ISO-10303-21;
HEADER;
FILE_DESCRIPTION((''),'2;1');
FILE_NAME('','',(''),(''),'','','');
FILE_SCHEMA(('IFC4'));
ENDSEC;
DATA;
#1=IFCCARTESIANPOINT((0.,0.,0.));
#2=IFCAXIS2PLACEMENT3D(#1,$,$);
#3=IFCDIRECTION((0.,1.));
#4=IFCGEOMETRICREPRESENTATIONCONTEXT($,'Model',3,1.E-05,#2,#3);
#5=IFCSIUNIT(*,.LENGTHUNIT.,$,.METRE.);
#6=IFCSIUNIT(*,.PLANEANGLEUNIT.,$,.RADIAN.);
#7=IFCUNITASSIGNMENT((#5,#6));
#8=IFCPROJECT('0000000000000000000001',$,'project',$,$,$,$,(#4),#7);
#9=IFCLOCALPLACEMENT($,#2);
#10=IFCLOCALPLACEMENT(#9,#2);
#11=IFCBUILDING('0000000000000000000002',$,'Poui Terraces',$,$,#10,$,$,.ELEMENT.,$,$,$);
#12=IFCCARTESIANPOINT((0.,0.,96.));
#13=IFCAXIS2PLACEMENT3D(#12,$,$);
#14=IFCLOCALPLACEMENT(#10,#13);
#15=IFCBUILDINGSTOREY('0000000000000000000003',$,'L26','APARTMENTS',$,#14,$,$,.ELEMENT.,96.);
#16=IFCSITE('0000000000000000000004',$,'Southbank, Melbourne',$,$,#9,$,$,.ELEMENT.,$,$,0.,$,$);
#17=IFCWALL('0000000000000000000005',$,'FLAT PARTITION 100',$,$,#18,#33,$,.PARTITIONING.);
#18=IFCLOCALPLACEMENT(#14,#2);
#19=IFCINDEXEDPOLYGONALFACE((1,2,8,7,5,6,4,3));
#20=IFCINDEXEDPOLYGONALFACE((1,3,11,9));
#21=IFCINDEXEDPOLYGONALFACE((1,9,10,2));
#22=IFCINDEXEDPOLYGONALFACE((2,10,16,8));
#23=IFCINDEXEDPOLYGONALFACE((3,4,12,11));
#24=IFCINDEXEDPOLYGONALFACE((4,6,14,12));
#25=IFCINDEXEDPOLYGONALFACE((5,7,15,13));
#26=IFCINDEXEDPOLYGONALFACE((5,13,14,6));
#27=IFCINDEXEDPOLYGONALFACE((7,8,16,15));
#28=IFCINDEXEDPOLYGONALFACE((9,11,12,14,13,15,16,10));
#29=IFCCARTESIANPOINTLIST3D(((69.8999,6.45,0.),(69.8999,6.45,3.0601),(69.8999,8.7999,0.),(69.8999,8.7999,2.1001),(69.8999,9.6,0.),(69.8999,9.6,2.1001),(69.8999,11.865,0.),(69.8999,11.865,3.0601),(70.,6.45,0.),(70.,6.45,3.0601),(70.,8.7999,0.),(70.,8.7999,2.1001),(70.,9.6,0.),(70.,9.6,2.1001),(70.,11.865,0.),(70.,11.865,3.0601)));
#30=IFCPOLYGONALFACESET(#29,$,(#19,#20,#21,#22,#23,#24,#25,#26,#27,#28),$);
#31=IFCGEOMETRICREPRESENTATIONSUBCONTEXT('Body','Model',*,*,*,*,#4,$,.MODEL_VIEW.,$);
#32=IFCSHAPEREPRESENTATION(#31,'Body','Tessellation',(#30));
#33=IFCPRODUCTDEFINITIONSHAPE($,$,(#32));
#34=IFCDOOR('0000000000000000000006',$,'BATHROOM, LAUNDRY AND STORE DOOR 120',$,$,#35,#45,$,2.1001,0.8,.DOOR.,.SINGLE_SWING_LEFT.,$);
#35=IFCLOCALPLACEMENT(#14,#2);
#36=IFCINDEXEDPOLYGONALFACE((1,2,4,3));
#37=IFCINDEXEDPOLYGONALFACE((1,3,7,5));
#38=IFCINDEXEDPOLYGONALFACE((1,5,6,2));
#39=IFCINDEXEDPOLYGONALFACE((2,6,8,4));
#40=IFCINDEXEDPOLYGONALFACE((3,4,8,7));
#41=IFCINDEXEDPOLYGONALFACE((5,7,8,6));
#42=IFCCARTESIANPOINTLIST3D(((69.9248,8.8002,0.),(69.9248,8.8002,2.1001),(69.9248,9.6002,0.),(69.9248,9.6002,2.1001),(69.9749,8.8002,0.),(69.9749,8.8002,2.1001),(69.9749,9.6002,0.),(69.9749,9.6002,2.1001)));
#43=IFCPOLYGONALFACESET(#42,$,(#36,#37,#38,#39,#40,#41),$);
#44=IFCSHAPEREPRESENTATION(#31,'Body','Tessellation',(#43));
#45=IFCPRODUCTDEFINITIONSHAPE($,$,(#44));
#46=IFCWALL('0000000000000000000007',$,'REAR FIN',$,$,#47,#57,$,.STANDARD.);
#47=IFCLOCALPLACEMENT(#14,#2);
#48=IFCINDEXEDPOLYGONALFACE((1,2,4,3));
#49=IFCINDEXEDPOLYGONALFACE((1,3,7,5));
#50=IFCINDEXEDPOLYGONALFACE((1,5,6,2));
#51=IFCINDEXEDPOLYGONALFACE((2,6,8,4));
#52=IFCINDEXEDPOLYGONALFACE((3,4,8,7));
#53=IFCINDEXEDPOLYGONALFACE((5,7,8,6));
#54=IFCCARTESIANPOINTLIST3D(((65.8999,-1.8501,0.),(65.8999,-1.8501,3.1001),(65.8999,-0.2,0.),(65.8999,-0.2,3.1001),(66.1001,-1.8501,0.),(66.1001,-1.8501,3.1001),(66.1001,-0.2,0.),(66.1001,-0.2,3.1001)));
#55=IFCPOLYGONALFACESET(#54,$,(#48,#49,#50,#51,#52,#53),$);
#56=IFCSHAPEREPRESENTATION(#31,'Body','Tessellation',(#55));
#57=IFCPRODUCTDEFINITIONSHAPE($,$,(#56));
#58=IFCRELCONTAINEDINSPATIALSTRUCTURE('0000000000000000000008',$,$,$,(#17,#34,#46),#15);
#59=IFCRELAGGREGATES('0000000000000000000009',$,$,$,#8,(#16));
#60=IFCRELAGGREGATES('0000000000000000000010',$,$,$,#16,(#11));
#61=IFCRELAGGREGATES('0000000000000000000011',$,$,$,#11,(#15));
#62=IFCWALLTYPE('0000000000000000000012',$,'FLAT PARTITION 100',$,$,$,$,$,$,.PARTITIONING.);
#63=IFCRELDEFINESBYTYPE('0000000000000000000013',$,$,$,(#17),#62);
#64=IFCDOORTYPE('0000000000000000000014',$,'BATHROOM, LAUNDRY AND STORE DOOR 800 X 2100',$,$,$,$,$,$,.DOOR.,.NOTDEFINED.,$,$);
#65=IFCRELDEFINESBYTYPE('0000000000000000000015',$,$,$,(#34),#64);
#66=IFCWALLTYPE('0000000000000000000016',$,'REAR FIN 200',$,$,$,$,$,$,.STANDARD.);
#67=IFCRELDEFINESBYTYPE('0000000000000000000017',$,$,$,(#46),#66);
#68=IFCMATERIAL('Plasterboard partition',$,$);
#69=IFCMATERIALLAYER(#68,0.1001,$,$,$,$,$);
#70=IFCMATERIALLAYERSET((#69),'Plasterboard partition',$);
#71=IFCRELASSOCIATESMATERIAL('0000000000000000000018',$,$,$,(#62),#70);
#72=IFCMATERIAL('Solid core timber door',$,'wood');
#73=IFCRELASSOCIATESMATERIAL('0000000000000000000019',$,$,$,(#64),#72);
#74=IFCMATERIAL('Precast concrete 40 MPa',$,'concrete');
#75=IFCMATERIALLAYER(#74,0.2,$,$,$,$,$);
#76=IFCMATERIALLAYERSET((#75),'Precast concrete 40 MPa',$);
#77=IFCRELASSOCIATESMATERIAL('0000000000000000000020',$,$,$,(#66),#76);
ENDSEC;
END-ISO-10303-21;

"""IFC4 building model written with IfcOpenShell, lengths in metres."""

from ifc_helpers import new_model, si_unit, direction, frame, frame_2d, origin, place, context, subcontext, project, spatial, polyline, rectangle, outline, extrude, source, transform, mapped, material, layer, layer_set, type_object, element, fill, save


model = new_model("IFC4")

# Units and contexts
model_context = context("Model", 3, precision=1e-05, world=origin(), true_north=direction((0.0, 1.0)))
body_context = subcontext(model_context, "Body", "Model", "MODEL_VIEW")
ifc_project = project(units=[si_unit("LENGTHUNIT", "METRE"), si_unit("PLANEANGLEUNIT", "RADIAN")], contexts=[model_context])

# Site, building, storey
site_placement = place(None, origin())
site = spatial("IfcSite", under=ifc_project, at=site_placement, Name="Southbank, Melbourne", CompositionType="ELEMENT", RefElevation=0.0)
building_placement = place(site_placement, origin())
building = spatial("IfcBuilding", under=site, at=building_placement, Name="Poui Terraces", CompositionType="ELEMENT")
storey_placement = place(building_placement, frame((0.0, 0.0, 96.0)))
storey = spatial("IfcBuildingStorey", under=building, at=storey_placement, Name="L26", Description="APARTMENTS", CompositionType="ELEMENT", Elevation=96.0)

# Shared definitions
ifc_material_1 = material(Name="Plasterboard partition")
ifc_layer_1 = layer(ifc_material_1, 0.1001)
ifc_layer_set_1 = layer_set([ifc_layer_1], Name="Plasterboard partition")
wall_type_1 = type_object("IfcWallType", Name="FLAT PARTITION 100", PredefinedType="PARTITIONING", material=ifc_layer_set_1)

# Shared definitions
ifc_material_2 = material(Name="Solid core timber door", Category="wood")
door_type_1 = type_object("IfcDoorType", Name="BATHROOM, LAUNDRY AND STORE DOOR 800 X 2100", OperationType="NOTDEFINED", PredefinedType="DOOR", material=ifc_material_2)

# Wall, opening, door
wall_1_placement = place(storey_placement, frame((69.95, 6.45, 0.0), z_axis=(0.0, 0.0, 1.0), x_axis=(0.0, 1.0, 0.0)))
wall_1 = element("IfcWall", 1, at=wall_1_placement, inside=storey, type_object=wall_type_1, Name="FLAT PARTITION 100", PredefinedType="PARTITIONING", context=body_context, shape_type="SweptSolid", body=[
    extrude(rectangle(XDim=5.415, YDim=0.1001, at=frame_2d((2.7075, 0.0))), origin(), (0.0, 0.0, 1.0), 3.0601),
])
opening_1_placement = place(wall_1_placement, frame((2.3501, 0.0, 0.0)))
opening_1 = element("IfcOpeningElement", 2, at=opening_1_placement, cuts=wall_1, PredefinedType="OPENING", context=body_context, shape_type="SweptSolid", body=[
    extrude(rectangle(XDim=0.8, YDim=2.1001, at=frame_2d((0.3999, 1.05))), frame((0.0, 0.0601, 0.0), z_axis=(0.0, -1.0, 0.0), x_axis=(1.0, 0.0, 0.0)), (0.0, 0.0, 1.0), 0.1201),
])
door_1_placement = place(opening_1_placement, frame((0.8, 0.0, 0.0), z_axis=(0.0, 0.0, 1.0), x_axis=(-1.0, 0.0, 0.0)))
door_1 = element("IfcDoor", 3, at=door_1_placement, inside=storey, type_object=door_type_1, Name="BATHROOM, LAUNDRY AND STORE DOOR 120", OperationType="SINGLE_SWING_LEFT", OverallHeight=2.1001, OverallWidth=0.8, PredefinedType="DOOR", context=body_context, shape_type="SweptSolid", body=[
    extrude(rectangle(XDim=0.8, YDim=2.1001, at=frame_2d((0.3999, 1.05))), frame((0.0, 0.0249, 0.0), z_axis=(0.0, -1.0, 0.0), x_axis=(1.0, 0.0, 0.0)), (0.0, 0.0, 1.0), 0.05),
])
fill(opening_1, door_1)

# Wall
ifc_material_3 = material(Name="Precast concrete 40 MPa", Category="concrete")
ifc_layer_2 = layer(ifc_material_3, 0.2)
ifc_layer_set_2 = layer_set([ifc_layer_2], Name="Precast concrete 40 MPa")
wall_type_2 = type_object("IfcWallType", Name="REAR FIN 200", PredefinedType="STANDARD", material=ifc_layer_set_2)
shared_shape_1 = source(origin(), body_context, "Body", "SweptSolid", [
    extrude(outline(polyline([(0.0, 0.0), (0.2002, 0.0), (0.2002, 1.6501), (0.0, 1.6501), (0.0, 0.0)])), origin(), (0.0, 0.0, 1.0), 3.1001),
])
wall_2_placement = place(storey_placement, frame((65.8999, -1.8501, 0.0)))
element("IfcWall", 4, at=wall_2_placement, inside=storey, type_object=wall_type_2, Name="REAR FIN", PredefinedType="STANDARD", context=body_context, shape_type="MappedRepresentation", body=[
    mapped(shared_shape_1, transform((0.0, 0.0, 0.0))),
])

save(model, "model.ifc")
